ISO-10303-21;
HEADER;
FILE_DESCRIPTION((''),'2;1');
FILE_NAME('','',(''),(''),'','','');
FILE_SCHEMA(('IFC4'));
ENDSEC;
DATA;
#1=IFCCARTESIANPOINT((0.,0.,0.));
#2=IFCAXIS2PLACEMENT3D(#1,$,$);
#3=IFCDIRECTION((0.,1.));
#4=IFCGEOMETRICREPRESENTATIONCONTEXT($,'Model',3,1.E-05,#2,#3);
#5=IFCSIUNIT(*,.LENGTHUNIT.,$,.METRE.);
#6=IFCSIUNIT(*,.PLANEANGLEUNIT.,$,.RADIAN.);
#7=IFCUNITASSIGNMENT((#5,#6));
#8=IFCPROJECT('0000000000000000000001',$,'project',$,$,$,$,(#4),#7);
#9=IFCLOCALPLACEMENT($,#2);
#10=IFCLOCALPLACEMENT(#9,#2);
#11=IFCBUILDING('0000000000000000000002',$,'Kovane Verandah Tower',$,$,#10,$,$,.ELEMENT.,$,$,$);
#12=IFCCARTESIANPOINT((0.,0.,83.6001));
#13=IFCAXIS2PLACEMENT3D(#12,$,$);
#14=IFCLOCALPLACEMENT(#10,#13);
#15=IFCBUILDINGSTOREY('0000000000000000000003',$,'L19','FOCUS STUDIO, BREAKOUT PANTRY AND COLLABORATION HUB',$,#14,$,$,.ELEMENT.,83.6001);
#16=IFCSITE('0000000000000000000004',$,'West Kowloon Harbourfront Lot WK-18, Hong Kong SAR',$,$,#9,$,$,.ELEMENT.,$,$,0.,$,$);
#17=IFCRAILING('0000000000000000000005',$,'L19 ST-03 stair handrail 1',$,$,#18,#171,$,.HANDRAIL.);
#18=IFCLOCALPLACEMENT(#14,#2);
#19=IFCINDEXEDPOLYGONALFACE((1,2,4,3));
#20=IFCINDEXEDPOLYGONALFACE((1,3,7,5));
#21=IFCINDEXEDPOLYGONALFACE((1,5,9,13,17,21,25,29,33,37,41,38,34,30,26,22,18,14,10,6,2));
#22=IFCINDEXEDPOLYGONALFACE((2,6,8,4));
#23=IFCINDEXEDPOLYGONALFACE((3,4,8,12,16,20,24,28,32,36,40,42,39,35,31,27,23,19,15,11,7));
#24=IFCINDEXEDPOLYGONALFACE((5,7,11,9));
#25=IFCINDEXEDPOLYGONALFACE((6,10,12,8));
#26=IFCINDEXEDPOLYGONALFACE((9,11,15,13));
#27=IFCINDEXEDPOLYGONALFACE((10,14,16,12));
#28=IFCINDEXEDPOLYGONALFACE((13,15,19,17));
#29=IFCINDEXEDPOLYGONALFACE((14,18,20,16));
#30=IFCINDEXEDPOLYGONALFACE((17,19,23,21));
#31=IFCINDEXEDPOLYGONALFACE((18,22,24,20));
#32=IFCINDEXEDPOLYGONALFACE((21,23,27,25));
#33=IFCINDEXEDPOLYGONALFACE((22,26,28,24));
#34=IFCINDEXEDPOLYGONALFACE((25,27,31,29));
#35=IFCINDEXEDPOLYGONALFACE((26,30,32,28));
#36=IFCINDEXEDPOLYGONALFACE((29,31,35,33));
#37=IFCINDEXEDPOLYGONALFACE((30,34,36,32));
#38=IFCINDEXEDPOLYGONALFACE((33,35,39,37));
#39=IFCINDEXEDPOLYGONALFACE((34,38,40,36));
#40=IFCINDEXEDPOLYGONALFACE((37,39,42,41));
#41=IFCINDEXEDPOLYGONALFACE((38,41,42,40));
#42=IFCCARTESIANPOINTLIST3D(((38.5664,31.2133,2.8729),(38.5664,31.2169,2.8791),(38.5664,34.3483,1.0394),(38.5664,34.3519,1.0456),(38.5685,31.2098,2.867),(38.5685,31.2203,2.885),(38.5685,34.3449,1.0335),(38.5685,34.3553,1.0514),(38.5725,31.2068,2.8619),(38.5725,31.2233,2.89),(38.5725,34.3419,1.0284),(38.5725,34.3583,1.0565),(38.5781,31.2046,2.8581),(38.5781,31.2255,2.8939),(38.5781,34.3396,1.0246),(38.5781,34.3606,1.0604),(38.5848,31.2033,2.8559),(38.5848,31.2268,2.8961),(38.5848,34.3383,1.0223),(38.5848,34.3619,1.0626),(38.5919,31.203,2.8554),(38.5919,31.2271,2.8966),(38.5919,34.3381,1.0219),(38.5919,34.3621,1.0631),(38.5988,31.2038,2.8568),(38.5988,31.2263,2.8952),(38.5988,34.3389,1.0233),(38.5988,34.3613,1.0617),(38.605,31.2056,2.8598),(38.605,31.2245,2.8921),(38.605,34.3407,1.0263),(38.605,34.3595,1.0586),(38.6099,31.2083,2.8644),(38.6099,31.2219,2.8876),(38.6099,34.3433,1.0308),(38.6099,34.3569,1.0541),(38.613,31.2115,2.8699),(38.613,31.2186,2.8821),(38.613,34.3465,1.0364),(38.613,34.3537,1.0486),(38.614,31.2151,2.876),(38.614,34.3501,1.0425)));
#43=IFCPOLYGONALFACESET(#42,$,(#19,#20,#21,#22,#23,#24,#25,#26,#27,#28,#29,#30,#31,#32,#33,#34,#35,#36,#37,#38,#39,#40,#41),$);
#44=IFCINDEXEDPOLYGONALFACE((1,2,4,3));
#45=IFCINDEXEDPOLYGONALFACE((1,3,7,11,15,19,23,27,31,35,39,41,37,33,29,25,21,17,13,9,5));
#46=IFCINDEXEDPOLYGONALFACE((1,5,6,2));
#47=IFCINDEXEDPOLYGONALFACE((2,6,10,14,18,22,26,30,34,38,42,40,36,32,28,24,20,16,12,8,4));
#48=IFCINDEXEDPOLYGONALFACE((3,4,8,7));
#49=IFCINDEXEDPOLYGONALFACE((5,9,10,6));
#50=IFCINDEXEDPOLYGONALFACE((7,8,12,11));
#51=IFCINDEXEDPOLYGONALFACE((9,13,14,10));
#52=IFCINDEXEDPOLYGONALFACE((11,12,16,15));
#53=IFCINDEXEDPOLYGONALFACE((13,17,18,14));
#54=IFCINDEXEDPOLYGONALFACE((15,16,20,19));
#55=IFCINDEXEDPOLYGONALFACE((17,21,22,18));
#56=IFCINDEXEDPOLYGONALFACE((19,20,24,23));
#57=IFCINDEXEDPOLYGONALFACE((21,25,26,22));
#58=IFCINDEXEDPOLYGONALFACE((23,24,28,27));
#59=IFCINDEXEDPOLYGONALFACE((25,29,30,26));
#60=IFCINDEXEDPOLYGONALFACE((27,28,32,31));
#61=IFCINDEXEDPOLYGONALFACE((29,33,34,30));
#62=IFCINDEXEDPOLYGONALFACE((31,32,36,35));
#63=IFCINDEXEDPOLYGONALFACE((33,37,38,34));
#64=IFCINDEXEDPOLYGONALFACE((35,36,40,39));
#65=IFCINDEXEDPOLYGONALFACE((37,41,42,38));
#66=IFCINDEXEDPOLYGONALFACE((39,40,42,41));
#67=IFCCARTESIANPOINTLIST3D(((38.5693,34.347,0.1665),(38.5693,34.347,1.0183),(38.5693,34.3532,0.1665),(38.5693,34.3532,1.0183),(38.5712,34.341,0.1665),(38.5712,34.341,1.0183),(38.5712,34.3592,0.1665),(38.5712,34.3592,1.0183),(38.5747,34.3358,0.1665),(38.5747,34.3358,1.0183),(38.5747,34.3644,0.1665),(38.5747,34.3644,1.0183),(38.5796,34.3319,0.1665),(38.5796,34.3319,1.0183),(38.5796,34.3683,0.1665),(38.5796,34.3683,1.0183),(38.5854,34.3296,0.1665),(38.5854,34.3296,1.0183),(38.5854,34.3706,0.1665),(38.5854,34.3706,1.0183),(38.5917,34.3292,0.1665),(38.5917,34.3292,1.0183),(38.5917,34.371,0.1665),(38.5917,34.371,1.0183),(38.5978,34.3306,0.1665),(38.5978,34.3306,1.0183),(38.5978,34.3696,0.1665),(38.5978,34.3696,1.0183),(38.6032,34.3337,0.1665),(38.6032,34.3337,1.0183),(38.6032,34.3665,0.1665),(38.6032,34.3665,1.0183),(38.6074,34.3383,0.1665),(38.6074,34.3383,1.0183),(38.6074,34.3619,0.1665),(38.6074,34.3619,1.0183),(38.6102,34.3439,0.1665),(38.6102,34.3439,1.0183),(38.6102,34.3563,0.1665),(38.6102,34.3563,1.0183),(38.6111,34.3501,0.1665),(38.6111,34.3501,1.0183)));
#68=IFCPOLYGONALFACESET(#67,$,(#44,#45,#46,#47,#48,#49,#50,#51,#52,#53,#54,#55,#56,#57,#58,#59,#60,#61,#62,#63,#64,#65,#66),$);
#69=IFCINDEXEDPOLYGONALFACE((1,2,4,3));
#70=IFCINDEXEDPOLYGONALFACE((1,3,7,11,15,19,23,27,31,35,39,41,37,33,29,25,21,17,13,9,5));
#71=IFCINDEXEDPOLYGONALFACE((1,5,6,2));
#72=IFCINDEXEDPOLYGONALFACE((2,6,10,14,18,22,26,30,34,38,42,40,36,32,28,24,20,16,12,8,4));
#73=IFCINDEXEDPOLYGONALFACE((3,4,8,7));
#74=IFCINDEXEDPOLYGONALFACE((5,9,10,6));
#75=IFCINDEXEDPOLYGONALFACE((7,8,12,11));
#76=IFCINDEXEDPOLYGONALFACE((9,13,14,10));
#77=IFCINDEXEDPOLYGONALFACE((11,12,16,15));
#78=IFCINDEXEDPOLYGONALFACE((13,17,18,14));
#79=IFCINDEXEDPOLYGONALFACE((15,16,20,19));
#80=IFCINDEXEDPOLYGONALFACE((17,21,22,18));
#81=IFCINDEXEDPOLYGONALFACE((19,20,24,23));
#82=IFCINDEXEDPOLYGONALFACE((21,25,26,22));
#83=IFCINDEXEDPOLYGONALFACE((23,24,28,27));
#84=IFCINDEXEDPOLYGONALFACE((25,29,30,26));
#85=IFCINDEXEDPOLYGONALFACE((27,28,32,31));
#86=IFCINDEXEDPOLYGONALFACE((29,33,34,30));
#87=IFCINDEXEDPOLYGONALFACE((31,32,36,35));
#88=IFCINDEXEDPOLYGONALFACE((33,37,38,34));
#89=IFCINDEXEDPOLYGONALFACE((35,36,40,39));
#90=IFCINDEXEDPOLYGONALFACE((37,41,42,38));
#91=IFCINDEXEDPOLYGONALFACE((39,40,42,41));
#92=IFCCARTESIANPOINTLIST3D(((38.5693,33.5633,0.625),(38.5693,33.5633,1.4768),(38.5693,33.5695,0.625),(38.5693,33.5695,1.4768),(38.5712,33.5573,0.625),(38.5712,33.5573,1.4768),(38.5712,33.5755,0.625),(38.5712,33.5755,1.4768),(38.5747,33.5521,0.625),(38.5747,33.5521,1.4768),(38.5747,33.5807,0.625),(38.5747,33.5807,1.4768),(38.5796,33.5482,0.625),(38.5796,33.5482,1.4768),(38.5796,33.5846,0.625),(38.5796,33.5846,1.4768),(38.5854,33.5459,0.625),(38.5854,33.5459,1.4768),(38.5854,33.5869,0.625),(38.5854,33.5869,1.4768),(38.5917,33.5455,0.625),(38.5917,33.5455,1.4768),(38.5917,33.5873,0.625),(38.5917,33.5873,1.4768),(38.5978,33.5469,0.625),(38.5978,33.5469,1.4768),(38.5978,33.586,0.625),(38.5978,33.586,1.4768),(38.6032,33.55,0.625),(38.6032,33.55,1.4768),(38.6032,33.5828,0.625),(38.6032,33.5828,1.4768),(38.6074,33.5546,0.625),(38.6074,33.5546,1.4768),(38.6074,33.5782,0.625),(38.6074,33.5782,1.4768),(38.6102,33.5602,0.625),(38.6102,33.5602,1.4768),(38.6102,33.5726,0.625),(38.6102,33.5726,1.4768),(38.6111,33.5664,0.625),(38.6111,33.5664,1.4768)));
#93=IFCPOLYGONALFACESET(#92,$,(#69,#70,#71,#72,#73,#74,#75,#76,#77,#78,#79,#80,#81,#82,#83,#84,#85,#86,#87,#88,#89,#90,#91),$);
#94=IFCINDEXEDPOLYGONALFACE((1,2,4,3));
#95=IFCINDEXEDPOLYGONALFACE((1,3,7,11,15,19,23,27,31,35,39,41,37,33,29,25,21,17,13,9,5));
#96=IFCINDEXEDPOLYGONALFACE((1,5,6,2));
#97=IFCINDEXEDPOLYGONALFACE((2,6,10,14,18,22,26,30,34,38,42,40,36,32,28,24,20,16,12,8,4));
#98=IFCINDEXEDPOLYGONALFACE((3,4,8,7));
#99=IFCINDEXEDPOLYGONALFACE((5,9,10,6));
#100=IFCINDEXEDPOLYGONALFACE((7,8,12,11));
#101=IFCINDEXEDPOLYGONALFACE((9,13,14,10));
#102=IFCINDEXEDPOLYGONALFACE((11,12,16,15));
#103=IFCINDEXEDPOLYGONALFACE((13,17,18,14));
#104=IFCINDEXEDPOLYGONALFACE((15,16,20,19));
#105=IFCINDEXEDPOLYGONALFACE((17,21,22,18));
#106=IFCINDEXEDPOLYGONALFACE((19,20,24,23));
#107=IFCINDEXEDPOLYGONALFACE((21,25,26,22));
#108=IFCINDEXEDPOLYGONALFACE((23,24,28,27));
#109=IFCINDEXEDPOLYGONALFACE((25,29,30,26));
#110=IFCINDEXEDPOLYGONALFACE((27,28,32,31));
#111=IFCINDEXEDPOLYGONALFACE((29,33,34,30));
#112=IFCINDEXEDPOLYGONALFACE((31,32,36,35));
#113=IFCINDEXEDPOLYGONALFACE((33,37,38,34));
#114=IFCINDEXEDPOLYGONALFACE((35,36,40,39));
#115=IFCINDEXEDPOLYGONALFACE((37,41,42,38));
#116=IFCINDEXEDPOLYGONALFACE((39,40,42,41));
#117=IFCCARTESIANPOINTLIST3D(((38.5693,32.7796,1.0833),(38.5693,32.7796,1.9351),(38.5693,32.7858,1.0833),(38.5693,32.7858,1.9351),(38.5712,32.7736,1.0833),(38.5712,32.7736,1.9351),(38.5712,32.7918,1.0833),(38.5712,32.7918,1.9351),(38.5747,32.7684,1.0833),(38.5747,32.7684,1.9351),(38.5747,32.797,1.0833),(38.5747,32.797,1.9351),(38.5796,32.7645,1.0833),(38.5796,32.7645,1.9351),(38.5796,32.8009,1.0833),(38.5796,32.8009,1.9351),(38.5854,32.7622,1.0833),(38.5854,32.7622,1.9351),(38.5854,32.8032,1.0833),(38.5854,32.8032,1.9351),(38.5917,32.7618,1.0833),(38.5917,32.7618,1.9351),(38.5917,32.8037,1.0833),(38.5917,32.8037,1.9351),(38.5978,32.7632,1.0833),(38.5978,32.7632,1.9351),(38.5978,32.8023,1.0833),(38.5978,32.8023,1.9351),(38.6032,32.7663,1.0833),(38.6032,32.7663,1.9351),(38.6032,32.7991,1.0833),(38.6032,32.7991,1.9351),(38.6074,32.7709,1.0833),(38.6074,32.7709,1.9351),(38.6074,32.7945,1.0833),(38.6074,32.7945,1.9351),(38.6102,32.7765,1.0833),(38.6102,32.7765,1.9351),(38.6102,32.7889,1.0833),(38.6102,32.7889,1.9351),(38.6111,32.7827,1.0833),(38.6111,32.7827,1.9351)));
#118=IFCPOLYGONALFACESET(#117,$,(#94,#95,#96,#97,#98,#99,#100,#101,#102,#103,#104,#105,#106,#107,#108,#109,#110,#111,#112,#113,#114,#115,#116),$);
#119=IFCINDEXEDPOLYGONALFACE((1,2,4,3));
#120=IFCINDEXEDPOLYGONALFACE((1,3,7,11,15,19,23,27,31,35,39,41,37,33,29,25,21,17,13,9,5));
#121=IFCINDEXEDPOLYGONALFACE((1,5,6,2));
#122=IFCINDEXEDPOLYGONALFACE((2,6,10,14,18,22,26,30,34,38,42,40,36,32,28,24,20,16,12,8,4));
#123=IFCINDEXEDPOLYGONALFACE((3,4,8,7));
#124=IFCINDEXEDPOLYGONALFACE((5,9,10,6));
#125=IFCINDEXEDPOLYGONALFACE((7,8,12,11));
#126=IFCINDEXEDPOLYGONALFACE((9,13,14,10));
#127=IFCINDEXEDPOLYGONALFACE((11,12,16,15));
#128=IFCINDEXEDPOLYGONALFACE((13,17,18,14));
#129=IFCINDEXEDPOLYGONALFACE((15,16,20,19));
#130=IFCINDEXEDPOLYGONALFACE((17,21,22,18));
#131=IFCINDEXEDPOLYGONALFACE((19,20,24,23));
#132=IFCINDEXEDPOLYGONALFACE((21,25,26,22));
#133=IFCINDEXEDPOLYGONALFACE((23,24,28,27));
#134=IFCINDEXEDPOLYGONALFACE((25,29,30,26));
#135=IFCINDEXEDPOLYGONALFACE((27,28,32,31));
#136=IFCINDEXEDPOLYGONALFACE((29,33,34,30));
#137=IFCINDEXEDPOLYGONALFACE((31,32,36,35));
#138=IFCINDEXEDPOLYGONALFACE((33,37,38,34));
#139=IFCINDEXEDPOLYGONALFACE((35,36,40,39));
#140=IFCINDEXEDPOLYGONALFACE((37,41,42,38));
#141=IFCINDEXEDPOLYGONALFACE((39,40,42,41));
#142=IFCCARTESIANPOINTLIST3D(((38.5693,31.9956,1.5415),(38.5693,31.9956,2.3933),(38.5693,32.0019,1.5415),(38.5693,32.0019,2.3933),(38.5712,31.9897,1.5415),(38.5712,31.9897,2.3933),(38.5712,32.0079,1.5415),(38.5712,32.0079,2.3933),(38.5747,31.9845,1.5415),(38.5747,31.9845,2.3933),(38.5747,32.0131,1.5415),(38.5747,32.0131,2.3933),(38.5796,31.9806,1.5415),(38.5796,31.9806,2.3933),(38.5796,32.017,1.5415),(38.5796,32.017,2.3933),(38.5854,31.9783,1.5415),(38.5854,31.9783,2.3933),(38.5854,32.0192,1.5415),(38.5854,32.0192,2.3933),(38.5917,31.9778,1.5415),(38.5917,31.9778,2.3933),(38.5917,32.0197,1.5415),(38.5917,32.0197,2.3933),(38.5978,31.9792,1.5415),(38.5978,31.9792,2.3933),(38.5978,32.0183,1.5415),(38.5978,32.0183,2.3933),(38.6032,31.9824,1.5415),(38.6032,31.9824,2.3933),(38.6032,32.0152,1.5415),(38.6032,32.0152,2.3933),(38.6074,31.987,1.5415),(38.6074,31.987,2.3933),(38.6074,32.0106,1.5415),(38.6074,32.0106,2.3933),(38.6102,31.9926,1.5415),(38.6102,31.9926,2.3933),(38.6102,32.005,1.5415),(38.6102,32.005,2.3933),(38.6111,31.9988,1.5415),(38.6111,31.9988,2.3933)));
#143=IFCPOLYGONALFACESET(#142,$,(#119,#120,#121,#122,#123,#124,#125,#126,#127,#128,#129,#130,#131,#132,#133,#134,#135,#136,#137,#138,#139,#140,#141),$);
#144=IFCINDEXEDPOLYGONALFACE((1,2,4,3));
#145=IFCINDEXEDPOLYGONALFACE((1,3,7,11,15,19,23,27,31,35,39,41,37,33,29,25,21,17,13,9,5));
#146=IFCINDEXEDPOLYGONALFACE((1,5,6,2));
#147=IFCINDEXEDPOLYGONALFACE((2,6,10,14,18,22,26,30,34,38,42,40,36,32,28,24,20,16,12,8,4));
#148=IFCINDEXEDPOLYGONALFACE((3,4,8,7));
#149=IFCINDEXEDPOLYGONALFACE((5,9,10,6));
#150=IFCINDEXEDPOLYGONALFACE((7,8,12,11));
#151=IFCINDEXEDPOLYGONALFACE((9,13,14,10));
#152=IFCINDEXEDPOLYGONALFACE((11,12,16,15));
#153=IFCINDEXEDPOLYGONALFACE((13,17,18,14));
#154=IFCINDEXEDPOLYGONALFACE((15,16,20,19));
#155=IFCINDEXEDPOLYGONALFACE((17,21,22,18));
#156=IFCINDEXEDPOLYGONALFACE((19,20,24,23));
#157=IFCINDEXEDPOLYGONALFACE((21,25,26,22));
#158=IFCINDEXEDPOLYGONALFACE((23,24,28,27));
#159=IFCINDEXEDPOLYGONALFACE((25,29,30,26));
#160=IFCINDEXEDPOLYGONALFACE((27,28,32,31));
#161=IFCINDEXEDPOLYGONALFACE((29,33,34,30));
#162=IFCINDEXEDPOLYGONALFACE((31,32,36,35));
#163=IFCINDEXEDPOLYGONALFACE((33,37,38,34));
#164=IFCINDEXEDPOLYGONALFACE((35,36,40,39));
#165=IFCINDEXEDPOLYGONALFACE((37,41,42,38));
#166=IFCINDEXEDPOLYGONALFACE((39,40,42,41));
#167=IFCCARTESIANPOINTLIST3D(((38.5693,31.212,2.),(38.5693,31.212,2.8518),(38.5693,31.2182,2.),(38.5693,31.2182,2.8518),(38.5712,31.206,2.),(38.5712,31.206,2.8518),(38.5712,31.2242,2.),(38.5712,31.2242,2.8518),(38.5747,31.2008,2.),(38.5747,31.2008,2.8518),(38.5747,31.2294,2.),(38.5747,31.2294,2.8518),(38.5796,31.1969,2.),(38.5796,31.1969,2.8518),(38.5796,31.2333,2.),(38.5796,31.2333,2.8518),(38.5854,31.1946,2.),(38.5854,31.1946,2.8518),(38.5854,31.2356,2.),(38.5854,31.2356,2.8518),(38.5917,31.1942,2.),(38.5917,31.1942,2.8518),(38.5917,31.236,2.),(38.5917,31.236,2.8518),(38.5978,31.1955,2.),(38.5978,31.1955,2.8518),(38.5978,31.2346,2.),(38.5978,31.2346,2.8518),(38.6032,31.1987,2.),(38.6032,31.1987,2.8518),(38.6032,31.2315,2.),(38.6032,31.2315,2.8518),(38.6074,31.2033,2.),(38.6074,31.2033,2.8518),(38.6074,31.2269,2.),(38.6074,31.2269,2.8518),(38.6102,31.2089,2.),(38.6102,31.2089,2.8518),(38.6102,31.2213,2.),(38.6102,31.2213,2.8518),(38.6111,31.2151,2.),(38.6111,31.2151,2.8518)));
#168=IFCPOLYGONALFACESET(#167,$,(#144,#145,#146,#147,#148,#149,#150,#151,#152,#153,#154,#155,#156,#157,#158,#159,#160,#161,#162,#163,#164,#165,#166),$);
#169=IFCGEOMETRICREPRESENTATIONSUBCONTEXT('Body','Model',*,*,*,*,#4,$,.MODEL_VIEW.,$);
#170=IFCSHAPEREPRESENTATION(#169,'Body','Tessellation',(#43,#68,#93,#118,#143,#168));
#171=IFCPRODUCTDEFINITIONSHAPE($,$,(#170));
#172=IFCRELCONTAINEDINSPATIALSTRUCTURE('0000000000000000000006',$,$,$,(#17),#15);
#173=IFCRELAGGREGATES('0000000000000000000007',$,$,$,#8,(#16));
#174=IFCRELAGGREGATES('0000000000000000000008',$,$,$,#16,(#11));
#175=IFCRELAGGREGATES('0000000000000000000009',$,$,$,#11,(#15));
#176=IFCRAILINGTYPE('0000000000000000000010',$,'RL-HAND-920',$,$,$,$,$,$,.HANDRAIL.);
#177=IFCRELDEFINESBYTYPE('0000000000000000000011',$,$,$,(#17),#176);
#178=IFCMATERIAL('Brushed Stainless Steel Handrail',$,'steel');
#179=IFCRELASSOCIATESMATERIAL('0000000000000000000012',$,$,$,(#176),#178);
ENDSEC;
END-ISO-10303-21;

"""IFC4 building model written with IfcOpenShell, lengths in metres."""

from ifc_helpers import new_model, si_unit, direction, frame, origin, origin_2d, place, context, subcontext, project, spatial, circle, extrude, material, type_object, element, save


model = new_model("IFC4")

# Units and contexts
model_context = context("Model", 3, precision=1e-05, world=origin(), true_north=direction((0.0, 1.0)))
body_context = subcontext(model_context, "Body", "Model", "MODEL_VIEW")
ifc_project = project(units=[si_unit("LENGTHUNIT", "METRE"), si_unit("PLANEANGLEUNIT", "RADIAN")], contexts=[model_context])

# Site, building, storey
site_placement = place(None, origin())
site = spatial("IfcSite", under=ifc_project, at=site_placement, Name="West Kowloon Harbourfront Lot WK-18, Hong Kong SAR", CompositionType="ELEMENT", RefElevation=0.0)
building_placement = place(site_placement, origin())
building = spatial("IfcBuilding", under=site, at=building_placement, Name="Kovane Verandah Tower", CompositionType="ELEMENT")
storey_placement = place(building_placement, frame((0.0, 0.0, 83.6001)))
storey = spatial("IfcBuildingStorey", under=building, at=storey_placement, Name="L19", Description="FOCUS STUDIO, BREAKOUT PANTRY AND COLLABORATION HUB", CompositionType="ELEMENT", Elevation=83.6001)

# Railing
ifc_material_1 = material(Name="Brushed Stainless Steel Handrail", Category="steel")
railing_type_1 = type_object("IfcRailingType", Name="RL-HAND-920", PredefinedType="HANDRAIL", material=ifc_material_1)
railing_1_placement = place(storey_placement, frame((38.5901, 34.3501, 0.1665)))
element("IfcRailing", 1, at=railing_1_placement, inside=storey, type_object=railing_type_1, Name="L19 ST-03 stair handrail 1", PredefinedType="HANDRAIL", context=body_context, shape_type="SweptSolid", body=[
    extrude(circle(Radius=0.0239, at=origin_2d()), frame((0.0, 0.0, 0.876), z_axis=(0.0, -0.86321, 0.504845), x_axis=(1.0, 0.0, 0.0)), (0.0, 0.0, 1.0), 3.6318),
    extrude(circle(Radius=0.021, at=origin_2d()), origin(), (0.0, 0.0, 1.0), 0.8518),
    extrude(circle(Radius=0.021, at=origin_2d()), frame((0.0, -0.7837, 0.4585)), (0.0, 0.0, 1.0), 0.8518),
    extrude(circle(Radius=0.021, at=origin_2d()), frame((0.0, -1.5674, 0.9167)), (0.0, 0.0, 1.0), 0.8518),
    extrude(circle(Radius=0.021, at=origin_2d()), frame((0.0, -2.3513, 1.375)), (0.0, 0.0, 1.0), 0.8518),
    extrude(circle(Radius=0.021, at=origin_2d()), frame((0.0, -3.135, 1.8335)), (0.0, 0.0, 1.0), 0.8518),
])

save(model, "model.ifc")
